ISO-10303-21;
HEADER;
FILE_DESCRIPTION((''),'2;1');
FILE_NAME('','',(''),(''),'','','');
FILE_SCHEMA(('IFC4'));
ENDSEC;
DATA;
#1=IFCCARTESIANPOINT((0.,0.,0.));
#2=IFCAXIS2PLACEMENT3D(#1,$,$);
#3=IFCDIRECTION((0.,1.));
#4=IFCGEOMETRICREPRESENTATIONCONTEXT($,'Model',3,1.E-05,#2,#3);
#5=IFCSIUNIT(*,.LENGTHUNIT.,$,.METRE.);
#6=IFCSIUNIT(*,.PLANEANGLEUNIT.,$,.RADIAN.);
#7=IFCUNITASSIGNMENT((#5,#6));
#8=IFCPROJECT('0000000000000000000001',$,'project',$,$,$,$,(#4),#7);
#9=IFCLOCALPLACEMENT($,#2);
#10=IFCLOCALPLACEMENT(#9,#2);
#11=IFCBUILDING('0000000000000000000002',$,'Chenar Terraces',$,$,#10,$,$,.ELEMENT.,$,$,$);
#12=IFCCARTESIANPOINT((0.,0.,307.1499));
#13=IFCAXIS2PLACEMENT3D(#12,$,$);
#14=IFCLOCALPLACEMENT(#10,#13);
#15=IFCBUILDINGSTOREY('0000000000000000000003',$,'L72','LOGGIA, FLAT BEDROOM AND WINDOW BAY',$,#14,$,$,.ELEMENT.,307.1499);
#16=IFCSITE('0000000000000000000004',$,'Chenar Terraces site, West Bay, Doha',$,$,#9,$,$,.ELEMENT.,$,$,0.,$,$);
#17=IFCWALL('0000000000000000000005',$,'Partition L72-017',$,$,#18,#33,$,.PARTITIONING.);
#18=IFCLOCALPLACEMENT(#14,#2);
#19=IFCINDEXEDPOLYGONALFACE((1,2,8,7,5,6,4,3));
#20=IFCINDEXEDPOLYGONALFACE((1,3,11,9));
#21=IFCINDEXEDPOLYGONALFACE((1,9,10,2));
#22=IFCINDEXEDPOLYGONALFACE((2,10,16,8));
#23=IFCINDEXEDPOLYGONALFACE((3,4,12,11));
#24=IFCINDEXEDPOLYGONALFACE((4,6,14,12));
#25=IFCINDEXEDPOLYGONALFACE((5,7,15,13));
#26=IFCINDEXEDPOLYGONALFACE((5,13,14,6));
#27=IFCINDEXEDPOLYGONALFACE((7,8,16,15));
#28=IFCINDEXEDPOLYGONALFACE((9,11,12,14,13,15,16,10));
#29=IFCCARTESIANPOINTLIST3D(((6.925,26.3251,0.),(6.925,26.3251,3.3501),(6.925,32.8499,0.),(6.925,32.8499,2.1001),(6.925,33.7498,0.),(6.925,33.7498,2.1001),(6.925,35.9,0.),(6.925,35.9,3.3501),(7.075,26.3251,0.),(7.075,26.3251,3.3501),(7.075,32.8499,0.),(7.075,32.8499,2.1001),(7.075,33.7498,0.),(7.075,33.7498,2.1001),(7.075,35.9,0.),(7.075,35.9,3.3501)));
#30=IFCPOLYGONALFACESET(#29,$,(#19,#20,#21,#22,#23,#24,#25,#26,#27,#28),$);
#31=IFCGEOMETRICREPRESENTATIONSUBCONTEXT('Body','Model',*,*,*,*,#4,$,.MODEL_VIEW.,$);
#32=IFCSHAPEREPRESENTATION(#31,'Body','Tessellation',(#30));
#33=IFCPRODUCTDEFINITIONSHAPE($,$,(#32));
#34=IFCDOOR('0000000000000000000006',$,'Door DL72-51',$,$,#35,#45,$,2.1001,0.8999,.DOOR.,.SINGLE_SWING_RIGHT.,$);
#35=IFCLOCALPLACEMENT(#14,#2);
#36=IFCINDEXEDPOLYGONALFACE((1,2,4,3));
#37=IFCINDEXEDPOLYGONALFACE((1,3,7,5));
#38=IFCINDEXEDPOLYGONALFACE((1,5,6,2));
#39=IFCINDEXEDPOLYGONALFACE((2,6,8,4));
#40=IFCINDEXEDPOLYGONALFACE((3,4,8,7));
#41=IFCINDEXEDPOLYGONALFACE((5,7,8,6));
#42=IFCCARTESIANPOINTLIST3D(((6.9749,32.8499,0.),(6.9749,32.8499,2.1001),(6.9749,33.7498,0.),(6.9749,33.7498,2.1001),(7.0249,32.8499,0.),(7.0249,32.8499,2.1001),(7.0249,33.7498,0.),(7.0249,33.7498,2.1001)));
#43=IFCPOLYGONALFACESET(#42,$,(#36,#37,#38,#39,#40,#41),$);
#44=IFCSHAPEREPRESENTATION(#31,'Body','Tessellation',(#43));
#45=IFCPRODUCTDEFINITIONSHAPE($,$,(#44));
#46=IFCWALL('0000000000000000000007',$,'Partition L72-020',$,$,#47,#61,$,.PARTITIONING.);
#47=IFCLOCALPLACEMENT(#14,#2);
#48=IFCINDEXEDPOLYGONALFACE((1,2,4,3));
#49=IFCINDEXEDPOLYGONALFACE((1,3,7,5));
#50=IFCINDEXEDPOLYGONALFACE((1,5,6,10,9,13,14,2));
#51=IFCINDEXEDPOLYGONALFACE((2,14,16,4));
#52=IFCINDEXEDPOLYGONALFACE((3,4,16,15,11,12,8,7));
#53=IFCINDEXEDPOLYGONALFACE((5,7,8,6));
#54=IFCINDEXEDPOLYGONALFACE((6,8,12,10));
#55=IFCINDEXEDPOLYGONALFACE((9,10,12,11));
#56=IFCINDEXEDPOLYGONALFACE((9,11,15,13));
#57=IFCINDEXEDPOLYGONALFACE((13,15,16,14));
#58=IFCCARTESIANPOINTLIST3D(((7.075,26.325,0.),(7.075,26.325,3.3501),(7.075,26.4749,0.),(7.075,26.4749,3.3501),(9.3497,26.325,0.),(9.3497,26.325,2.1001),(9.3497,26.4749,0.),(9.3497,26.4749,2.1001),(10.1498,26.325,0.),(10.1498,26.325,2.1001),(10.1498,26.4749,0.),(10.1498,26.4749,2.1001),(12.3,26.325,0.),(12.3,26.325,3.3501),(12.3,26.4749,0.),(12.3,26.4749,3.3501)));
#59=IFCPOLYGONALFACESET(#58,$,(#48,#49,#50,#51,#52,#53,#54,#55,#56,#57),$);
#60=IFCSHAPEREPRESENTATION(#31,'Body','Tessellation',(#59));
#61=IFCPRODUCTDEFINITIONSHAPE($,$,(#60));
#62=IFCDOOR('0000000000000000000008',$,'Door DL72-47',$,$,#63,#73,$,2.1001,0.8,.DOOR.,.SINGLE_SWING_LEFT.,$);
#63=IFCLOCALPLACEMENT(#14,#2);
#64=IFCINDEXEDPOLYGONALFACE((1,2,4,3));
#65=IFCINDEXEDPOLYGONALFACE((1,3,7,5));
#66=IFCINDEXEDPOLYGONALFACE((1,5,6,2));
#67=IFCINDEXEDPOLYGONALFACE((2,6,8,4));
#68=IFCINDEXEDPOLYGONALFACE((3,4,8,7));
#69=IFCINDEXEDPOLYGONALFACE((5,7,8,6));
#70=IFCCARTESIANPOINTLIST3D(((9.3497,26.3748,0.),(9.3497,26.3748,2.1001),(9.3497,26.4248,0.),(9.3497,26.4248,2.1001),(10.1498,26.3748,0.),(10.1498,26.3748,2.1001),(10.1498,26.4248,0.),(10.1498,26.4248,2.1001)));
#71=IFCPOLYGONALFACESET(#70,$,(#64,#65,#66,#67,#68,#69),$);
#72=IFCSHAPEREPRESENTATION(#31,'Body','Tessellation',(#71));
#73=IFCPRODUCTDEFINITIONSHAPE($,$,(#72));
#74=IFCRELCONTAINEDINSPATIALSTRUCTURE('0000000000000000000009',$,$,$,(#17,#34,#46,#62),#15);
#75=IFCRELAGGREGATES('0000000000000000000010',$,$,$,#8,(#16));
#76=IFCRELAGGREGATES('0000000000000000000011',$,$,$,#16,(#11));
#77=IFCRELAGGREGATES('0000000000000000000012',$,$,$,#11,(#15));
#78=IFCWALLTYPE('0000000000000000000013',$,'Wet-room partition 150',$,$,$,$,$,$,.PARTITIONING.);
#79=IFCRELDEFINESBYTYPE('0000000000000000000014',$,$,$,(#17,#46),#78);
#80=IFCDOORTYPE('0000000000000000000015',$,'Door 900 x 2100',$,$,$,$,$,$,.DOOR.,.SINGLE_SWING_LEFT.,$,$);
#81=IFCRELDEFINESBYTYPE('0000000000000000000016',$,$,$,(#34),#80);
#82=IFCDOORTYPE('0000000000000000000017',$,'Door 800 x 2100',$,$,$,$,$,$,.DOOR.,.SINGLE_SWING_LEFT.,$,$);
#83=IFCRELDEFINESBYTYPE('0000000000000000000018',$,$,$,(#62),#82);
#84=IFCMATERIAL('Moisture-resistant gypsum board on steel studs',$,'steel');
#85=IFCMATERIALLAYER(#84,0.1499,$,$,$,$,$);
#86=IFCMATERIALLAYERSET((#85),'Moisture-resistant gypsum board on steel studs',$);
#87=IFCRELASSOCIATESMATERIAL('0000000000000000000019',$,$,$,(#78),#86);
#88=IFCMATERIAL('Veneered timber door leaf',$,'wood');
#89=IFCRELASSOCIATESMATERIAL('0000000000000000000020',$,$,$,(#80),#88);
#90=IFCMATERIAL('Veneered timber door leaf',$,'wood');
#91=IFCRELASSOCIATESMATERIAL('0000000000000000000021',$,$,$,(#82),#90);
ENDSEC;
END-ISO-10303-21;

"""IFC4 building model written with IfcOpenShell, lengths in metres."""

from ifc_helpers import new_model, si_unit, direction, frame, frame_2d, origin, place, context, subcontext, project, spatial, rectangle, extrude, material, layer, layer_set, type_object, element, fill, save


model = new_model("IFC4")

# Units and contexts
model_context = context("Model", 3, precision=1e-05, world=origin(), true_north=direction((0.0, 1.0)))
body_context = subcontext(model_context, "Body", "Model", "MODEL_VIEW")
ifc_project = project(units=[si_unit("LENGTHUNIT", "METRE"), si_unit("PLANEANGLEUNIT", "RADIAN")], contexts=[model_context])

# Site, building, storey
site_placement = place(None, origin())
site = spatial("IfcSite", under=ifc_project, at=site_placement, Name="Chenar Terraces site, West Bay, Doha", CompositionType="ELEMENT", RefElevation=0.0)
building_placement = place(site_placement, origin())
building = spatial("IfcBuilding", under=site, at=building_placement, Name="Chenar Terraces", CompositionType="ELEMENT")
storey_placement = place(building_placement, frame((0.0, 0.0, 307.1499)))
storey = spatial("IfcBuildingStorey", under=building, at=storey_placement, Name="L72", Description="LOGGIA, FLAT BEDROOM AND WINDOW BAY", CompositionType="ELEMENT", Elevation=307.1499)

# Walls, openings, doors
ifc_material_1 = material(Name="Moisture-resistant gypsum board on steel studs", Category="steel")
ifc_layer_1 = layer(ifc_material_1, 0.1499)
ifc_layer_set_1 = layer_set([ifc_layer_1], Name="Moisture-resistant gypsum board on steel studs")
wall_type_1 = type_object("IfcWallType", Name="Wet-room partition 150", PredefinedType="PARTITIONING", material=ifc_layer_set_1)
wall_1_placement = place(storey_placement, frame((7.0, 26.325, 0.0), z_axis=(0.0, 0.0, 1.0), x_axis=(0.0, 1.0, 0.0)))
wall_1 = element("IfcWall", 1, at=wall_1_placement, inside=storey, type_object=wall_type_1, Name="Partition L72-017", PredefinedType="PARTITIONING", context=body_context, shape_type="SweptSolid", body=[
    extrude(rectangle(XDim=9.575, YDim=0.1499, at=frame_2d((4.7876, 0.0))), origin(), (0.0, 0.0, 1.0), 3.3501),
])
opening_1_placement = place(wall_1_placement, frame((6.5249, 0.0, 0.0)))
opening_1 = element("IfcOpeningElement", 2, at=opening_1_placement, cuts=wall_1, PredefinedType="OPENING", context=body_context, shape_type="SweptSolid", body=[
    extrude(rectangle(XDim=0.8999, YDim=2.1001, at=frame_2d((0.45, 1.05))), frame((0.0, 0.085, 0.0), z_axis=(0.0, -1.0, 0.0), x_axis=(1.0, 0.0, 0.0)), (0.0, 0.0, 1.0), 0.1699),
])
ifc_material_2 = material(Name="Veneered timber door leaf", Category="wood")
door_type_1 = type_object("IfcDoorType", Name="Door 900 x 2100", OperationType="SINGLE_SWING_LEFT", PredefinedType="DOOR", material=ifc_material_2)
door_1_placement = place(opening_1_placement, frame((0.8999, 0.0, 0.0), z_axis=(0.0, 0.0, 1.0), x_axis=(-1.0, 0.0, 0.0)))
door_1 = element("IfcDoor", 3, at=door_1_placement, inside=storey, type_object=door_type_1, Name="Door DL72-51", OperationType="SINGLE_SWING_RIGHT", OverallHeight=2.1001, OverallWidth=0.8999, PredefinedType="DOOR", context=body_context, shape_type="SweptSolid", body=[
    extrude(rectangle(XDim=0.8999, YDim=2.1001, at=frame_2d((0.45, 1.05))), frame((0.0, 0.0249, 0.0), z_axis=(0.0, -1.0, 0.0), x_axis=(1.0, 0.0, 0.0)), (0.0, 0.0, 1.0), 0.05),
])
fill(opening_1, door_1)
wall_2_placement = place(storey_placement, frame((7.075, 26.3999, 0.0), z_axis=(0.0, 0.0, 1.0), x_axis=(1.0, 0.0, 0.0)))
wall_2 = element("IfcWall", 4, at=wall_2_placement, inside=storey, type_object=wall_type_1, Name="Partition L72-020", PredefinedType="PARTITIONING", context=body_context, shape_type="SweptSolid", body=[
    extrude(rectangle(XDim=5.2251, YDim=0.1499, at=frame_2d((2.6125, 0.0))), origin(), (0.0, 0.0, 1.0), 3.3501),
])
opening_2_placement = place(wall_2_placement, frame((2.2749, 0.0, 0.0)))
opening_2 = element("IfcOpeningElement", 5, at=opening_2_placement, cuts=wall_2, PredefinedType="OPENING", context=body_context, shape_type="SweptSolid", body=[
    extrude(rectangle(XDim=0.8, YDim=2.1001, at=frame_2d((0.3999, 1.05))), frame((0.0, 0.085, 0.0), z_axis=(0.0, -1.0, 0.0), x_axis=(1.0, 0.0, 0.0)), (0.0, 0.0, 1.0), 0.1699),
])
ifc_material_3 = material(Name="Veneered timber door leaf", Category="wood")
door_type_2 = type_object("IfcDoorType", Name="Door 800 x 2100", OperationType="SINGLE_SWING_LEFT", PredefinedType="DOOR", material=ifc_material_3)
door_2_placement = place(opening_2_placement, origin())
door_2 = element("IfcDoor", 6, at=door_2_placement, inside=storey, type_object=door_type_2, Name="Door DL72-47", OperationType="SINGLE_SWING_LEFT", OverallHeight=2.1001, OverallWidth=0.8, PredefinedType="DOOR", context=body_context, shape_type="SweptSolid", body=[
    extrude(rectangle(XDim=0.8, YDim=2.1001, at=frame_2d((0.3999, 1.05))), frame((0.0, 0.0249, 0.0), z_axis=(0.0, -1.0, 0.0), x_axis=(1.0, 0.0, 0.0)), (0.0, 0.0, 1.0), 0.05),
])
fill(opening_2, door_2)

save(model, "model.ifc")
